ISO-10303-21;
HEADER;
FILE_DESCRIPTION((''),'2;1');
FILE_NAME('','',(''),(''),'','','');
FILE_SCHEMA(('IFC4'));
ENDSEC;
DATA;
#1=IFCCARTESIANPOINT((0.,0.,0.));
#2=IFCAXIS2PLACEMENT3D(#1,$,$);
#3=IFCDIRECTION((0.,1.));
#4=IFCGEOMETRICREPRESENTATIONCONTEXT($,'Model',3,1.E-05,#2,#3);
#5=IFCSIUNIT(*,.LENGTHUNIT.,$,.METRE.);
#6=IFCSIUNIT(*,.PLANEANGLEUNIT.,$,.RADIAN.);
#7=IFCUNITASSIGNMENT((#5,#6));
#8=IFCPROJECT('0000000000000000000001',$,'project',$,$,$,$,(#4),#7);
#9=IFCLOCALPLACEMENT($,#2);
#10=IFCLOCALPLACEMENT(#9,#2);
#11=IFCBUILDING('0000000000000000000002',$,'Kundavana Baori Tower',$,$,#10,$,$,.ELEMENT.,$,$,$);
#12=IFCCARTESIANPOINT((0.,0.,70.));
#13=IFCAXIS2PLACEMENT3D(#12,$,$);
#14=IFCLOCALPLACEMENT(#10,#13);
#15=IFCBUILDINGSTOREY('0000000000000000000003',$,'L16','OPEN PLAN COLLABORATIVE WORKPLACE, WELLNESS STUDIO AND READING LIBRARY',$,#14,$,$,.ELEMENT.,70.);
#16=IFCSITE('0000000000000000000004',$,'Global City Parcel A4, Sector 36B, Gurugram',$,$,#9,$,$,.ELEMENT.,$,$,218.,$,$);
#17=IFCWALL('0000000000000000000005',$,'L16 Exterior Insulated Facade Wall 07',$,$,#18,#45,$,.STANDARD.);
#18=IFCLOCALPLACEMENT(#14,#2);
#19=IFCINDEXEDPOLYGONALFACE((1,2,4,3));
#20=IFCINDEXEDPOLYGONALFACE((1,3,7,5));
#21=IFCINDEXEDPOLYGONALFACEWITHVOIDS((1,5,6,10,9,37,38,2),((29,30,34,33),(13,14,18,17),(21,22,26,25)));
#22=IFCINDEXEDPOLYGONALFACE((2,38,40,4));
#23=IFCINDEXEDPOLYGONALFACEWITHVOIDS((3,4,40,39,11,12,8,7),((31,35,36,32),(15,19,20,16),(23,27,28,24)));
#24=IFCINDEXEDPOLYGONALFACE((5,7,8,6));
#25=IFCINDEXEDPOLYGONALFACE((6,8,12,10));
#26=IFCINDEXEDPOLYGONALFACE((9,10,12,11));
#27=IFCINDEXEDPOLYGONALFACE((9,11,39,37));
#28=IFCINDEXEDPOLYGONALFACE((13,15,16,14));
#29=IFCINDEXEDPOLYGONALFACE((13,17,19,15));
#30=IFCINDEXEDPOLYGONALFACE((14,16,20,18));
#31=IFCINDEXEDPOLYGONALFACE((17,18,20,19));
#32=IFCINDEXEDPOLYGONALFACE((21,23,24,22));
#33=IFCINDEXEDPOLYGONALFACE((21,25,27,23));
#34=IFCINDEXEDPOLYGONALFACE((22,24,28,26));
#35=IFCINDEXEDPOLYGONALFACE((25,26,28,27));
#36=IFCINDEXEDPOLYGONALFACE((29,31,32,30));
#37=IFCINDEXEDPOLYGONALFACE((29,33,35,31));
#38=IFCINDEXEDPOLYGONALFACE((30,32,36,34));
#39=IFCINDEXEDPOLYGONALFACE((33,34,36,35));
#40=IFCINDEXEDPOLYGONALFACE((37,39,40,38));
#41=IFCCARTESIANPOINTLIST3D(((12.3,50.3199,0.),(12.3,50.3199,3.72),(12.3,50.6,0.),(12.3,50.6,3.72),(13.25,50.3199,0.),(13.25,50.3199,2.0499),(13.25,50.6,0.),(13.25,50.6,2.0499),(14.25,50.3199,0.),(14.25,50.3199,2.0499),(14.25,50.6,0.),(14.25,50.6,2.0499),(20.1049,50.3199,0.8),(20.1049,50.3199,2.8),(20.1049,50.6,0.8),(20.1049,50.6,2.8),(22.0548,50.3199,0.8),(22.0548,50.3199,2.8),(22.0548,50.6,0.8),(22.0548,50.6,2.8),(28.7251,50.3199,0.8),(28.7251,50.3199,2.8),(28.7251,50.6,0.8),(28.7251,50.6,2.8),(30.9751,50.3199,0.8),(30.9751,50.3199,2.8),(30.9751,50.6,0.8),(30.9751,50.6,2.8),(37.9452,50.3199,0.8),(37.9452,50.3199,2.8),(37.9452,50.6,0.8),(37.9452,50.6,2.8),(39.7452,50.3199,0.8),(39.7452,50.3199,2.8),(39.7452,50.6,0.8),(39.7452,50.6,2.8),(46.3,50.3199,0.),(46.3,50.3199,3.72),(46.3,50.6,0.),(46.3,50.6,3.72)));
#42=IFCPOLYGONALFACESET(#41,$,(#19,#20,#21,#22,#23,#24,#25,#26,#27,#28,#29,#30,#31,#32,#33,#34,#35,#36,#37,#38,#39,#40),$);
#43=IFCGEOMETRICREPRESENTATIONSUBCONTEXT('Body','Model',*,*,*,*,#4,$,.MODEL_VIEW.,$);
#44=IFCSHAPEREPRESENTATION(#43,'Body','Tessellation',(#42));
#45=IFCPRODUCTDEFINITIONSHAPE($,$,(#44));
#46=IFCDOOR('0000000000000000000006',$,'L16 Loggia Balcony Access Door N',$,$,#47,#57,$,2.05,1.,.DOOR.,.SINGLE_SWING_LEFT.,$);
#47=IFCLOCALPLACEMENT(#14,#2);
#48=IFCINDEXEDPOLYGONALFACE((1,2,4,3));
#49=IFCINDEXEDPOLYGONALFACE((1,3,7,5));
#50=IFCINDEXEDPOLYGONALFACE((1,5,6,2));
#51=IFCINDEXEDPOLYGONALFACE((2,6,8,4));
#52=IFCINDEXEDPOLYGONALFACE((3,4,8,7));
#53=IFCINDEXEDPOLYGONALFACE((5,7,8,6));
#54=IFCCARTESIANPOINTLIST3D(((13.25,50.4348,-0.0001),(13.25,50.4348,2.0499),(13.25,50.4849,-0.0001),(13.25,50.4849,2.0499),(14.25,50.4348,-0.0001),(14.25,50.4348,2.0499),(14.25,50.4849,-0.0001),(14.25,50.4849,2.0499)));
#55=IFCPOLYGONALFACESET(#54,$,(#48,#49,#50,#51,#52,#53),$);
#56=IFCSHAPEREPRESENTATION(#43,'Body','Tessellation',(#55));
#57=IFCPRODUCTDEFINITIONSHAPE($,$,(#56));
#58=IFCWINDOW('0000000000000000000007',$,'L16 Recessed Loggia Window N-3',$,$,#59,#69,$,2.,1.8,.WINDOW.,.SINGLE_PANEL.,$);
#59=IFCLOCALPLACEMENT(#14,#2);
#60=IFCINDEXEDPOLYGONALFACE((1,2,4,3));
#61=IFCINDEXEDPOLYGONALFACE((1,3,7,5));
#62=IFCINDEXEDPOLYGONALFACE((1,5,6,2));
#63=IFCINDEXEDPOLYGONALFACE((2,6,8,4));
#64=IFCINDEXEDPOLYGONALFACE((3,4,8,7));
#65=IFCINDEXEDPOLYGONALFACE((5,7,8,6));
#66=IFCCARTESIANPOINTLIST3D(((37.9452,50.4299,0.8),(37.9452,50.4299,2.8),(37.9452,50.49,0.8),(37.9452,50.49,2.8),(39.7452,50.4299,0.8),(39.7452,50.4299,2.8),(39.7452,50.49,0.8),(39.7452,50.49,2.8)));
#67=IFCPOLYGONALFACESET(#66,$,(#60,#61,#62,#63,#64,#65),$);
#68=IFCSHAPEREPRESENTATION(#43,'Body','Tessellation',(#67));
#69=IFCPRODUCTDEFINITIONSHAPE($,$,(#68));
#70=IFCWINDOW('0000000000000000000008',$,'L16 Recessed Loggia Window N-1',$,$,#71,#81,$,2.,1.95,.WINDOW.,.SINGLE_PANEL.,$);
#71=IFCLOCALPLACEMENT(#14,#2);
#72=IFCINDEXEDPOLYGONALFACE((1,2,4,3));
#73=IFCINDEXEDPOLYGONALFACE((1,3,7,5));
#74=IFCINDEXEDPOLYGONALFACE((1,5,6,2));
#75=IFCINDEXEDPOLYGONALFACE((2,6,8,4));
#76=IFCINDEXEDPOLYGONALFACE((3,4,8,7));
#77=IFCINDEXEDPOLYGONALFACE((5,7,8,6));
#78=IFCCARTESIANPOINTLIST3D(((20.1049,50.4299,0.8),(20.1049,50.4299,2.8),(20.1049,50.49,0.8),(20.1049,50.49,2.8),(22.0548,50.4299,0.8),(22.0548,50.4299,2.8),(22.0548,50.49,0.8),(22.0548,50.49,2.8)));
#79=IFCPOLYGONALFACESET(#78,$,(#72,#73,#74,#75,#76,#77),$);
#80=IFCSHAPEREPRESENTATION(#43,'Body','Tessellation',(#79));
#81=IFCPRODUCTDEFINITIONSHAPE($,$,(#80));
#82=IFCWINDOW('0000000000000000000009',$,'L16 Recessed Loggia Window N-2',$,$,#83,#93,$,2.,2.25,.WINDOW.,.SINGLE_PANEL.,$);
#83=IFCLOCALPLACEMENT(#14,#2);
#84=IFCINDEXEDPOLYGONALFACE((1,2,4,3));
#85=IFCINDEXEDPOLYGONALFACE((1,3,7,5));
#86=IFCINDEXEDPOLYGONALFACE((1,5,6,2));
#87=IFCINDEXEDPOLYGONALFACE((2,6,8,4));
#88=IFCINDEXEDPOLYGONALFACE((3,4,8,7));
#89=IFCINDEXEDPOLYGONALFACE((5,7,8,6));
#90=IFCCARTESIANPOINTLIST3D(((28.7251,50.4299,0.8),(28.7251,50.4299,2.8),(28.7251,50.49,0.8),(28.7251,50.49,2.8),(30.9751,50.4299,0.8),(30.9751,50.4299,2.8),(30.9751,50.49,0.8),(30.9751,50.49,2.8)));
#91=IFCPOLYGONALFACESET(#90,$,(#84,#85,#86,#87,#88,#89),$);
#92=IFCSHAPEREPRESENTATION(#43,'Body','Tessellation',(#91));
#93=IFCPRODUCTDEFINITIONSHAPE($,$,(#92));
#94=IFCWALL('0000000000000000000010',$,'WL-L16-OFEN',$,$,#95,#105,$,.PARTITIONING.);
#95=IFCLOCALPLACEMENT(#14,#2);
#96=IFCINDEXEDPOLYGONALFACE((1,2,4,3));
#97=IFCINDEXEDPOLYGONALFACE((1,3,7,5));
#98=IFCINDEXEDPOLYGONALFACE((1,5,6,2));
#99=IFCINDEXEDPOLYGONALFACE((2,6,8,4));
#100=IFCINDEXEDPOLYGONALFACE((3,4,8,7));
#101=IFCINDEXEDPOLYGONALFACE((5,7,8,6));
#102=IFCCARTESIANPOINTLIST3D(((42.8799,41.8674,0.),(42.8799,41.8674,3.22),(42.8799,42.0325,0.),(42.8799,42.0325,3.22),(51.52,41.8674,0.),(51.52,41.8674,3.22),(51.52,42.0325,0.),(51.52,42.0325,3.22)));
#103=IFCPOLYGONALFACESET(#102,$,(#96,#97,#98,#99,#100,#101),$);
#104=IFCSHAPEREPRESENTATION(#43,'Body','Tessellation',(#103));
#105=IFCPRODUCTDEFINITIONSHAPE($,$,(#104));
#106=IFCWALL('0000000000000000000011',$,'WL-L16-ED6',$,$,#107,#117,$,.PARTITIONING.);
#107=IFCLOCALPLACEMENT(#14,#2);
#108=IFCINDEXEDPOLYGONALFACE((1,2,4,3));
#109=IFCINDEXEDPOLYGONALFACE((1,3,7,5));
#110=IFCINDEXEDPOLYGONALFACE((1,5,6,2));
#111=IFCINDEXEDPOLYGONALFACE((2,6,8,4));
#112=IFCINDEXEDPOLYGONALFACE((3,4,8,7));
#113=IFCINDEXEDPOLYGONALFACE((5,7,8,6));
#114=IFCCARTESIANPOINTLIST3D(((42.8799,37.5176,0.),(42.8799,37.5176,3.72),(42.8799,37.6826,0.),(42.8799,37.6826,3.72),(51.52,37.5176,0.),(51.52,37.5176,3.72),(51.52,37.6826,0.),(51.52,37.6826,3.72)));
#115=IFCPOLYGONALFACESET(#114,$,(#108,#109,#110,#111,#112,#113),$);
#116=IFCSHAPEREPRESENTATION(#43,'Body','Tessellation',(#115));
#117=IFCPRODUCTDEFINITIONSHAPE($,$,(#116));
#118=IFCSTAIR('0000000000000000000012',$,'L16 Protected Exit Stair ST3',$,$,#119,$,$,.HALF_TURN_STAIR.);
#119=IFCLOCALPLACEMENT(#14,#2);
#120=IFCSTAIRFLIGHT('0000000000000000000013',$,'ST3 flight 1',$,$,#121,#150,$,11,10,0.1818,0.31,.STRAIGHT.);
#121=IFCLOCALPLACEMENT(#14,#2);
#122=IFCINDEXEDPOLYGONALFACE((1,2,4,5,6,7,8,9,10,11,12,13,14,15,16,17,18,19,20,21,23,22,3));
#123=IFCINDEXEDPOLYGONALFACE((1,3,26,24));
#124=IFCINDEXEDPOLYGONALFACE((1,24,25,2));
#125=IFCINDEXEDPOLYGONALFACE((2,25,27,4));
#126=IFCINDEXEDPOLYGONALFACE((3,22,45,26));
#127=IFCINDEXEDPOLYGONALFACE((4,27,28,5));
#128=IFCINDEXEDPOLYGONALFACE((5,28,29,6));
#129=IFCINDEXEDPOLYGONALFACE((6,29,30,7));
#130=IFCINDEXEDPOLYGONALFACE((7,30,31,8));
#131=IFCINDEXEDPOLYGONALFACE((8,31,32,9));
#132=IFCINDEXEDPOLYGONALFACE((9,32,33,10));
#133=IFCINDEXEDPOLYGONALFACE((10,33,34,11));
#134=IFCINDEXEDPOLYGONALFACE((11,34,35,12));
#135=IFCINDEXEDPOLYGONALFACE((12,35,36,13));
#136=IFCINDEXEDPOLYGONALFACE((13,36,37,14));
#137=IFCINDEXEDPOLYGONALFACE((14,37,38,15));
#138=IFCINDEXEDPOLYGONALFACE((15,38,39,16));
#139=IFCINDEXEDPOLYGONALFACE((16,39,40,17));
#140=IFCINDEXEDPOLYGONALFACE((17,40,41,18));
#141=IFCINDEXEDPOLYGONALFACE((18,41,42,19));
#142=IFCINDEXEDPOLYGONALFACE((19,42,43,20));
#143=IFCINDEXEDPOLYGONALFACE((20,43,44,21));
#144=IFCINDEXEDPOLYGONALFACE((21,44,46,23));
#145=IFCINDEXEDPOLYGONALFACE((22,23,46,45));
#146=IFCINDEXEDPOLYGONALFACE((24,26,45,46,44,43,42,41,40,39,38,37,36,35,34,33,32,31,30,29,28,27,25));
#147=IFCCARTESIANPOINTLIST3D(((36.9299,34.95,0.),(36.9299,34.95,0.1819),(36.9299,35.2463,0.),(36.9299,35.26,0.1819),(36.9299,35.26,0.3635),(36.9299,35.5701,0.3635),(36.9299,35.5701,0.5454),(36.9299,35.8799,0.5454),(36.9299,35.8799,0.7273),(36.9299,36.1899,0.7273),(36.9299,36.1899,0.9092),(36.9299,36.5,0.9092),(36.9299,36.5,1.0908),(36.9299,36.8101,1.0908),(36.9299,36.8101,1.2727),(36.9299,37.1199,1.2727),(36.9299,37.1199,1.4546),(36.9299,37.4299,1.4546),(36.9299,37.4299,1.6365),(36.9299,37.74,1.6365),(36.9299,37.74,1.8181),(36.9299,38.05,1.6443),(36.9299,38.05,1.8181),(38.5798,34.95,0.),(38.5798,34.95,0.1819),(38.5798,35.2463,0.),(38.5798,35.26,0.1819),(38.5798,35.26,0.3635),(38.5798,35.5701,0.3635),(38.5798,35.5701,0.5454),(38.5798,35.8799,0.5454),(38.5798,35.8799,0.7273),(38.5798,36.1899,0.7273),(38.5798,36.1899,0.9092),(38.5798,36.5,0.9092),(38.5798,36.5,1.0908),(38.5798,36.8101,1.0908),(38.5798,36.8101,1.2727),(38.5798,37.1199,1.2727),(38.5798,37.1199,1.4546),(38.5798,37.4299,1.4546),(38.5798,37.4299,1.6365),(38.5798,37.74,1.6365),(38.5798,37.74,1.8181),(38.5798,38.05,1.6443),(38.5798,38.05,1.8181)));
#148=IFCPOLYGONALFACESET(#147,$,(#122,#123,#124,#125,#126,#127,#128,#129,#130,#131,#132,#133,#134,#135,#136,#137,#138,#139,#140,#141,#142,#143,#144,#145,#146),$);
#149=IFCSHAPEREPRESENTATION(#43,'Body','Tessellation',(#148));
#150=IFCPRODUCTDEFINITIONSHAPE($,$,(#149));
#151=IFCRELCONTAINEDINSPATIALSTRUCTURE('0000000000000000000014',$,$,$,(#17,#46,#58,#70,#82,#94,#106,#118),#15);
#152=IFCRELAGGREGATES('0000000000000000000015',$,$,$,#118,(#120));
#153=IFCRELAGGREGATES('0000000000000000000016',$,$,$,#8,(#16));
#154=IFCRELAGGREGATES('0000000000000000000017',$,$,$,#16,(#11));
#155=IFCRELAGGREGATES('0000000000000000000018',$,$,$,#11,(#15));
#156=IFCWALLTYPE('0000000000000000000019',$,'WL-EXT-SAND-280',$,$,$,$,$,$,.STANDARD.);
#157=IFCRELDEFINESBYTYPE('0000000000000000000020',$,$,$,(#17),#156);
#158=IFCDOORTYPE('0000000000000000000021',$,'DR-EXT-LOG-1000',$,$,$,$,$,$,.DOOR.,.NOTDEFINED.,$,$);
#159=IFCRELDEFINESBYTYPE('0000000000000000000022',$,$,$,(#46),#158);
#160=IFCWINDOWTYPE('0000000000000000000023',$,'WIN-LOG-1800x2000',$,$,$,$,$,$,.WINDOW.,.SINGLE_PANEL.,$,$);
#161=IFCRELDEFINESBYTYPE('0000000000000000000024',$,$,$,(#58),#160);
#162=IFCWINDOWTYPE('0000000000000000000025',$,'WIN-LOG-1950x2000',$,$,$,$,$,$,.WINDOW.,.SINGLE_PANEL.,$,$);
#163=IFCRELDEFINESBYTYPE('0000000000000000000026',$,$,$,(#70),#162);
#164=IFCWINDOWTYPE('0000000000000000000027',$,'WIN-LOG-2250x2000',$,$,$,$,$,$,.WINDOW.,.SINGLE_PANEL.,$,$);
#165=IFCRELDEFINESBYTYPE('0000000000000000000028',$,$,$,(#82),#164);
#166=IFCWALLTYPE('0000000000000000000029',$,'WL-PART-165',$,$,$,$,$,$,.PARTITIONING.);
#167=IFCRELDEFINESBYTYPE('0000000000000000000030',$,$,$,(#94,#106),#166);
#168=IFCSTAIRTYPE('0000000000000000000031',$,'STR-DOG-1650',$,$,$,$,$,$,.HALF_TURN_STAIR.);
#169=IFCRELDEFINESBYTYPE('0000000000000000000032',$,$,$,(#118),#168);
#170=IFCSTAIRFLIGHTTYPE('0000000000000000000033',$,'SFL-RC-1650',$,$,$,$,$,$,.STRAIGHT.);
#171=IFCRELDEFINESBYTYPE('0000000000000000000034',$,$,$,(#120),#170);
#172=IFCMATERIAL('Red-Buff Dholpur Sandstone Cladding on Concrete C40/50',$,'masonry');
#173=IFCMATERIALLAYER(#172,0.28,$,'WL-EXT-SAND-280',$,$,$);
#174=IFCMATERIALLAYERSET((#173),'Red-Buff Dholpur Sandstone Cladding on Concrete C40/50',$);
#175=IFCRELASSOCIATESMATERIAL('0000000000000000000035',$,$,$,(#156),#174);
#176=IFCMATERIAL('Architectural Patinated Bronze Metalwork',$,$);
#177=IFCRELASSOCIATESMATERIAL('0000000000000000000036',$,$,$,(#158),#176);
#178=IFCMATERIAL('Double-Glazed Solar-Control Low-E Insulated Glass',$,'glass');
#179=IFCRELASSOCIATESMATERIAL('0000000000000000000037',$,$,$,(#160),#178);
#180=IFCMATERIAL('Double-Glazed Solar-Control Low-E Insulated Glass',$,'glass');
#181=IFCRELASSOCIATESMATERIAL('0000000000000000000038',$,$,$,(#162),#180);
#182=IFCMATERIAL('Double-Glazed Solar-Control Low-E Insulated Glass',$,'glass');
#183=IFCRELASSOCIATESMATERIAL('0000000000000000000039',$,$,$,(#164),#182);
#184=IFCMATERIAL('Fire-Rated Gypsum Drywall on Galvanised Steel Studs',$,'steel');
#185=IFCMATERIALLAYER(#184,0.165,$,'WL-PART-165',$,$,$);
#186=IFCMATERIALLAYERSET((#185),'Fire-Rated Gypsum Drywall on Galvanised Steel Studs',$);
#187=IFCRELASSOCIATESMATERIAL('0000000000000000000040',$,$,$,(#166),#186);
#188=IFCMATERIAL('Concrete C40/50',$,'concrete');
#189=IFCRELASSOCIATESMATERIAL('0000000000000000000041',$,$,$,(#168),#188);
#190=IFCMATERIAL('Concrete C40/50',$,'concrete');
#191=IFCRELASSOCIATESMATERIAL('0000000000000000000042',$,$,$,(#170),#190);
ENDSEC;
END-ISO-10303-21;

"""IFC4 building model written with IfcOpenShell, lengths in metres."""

from ifc_helpers import new_model, si_unit, direction, frame, frame_2d, origin, place, context, subcontext, project, spatial, polyline, rectangle, outline, extrude, material, layer, layer_set, type_object, element, fill, aggregate, save


model = new_model("IFC4")

# Units and contexts
model_context = context("Model", 3, precision=1e-05, world=origin(), true_north=direction((0.0, 1.0)))
body_context = subcontext(model_context, "Body", "Model", "MODEL_VIEW")
ifc_project = project(units=[si_unit("LENGTHUNIT", "METRE"), si_unit("PLANEANGLEUNIT", "RADIAN")], contexts=[model_context])

# Site, building, storey
site_placement = place(None, origin())
site = spatial("IfcSite", under=ifc_project, at=site_placement, Name="Global City Parcel A4, Sector 36B, Gurugram", CompositionType="ELEMENT", RefElevation=218.0)
building_placement = place(site_placement, origin())
building = spatial("IfcBuilding", under=site, at=building_placement, Name="Kundavana Baori Tower", CompositionType="ELEMENT")
storey_placement = place(building_placement, frame((0.0, 0.0, 70.0)))
storey = spatial("IfcBuildingStorey", under=building, at=storey_placement, Name="L16", Description="OPEN PLAN COLLABORATIVE WORKPLACE, WELLNESS STUDIO AND READING LIBRARY", CompositionType="ELEMENT", Elevation=70.0)

# Shared definitions
ifc_material_1 = material(Name="Red-Buff Dholpur Sandstone Cladding on Concrete C40/50", Category="masonry")
ifc_layer_1 = layer(ifc_material_1, 0.28, Name="WL-EXT-SAND-280")
ifc_layer_set_1 = layer_set([ifc_layer_1], Name="Red-Buff Dholpur Sandstone Cladding on Concrete C40/50")
wall_type_1 = type_object("IfcWallType", Name="WL-EXT-SAND-280", PredefinedType="STANDARD", material=ifc_layer_set_1)

# Wall, openings, door, windows
wall_1_placement = place(storey_placement, frame((46.3, 50.46, 0.0), z_axis=(0.0, 0.0, 1.0), x_axis=(-1.0, 0.0, 0.0)))
wall_1 = element("IfcWall", 1, at=wall_1_placement, inside=storey, type_object=wall_type_1, Name="L16 Exterior Insulated Facade Wall 07", PredefinedType="STANDARD", context=body_context, shape_type="SweptSolid", body=[
    extrude(rectangle(XDim=34.0, YDim=0.28, at=frame_2d((17.0, 0.0))), origin(), (0.0, 0.0, 1.0), 3.72),
])
opening_1_placement = place(wall_1_placement, frame((32.05, 0.0, 0.0)))
opening_1 = element("IfcOpeningElement", 2, at=opening_1_placement, cuts=wall_1, PredefinedType="OPENING", context=body_context, shape_type="SweptSolid", body=[
    extrude(rectangle(XDim=1.0, YDim=2.05, at=frame_2d((0.5, 1.0249))), frame((0.0, 0.1499, 0.0), z_axis=(0.0, -1.0, 0.0), x_axis=(1.0, 0.0, 0.0)), (0.0, 0.0, 1.0), 0.3),
])
opening_2_placement = place(wall_1_placement, frame((24.2451, 0.0, 0.8)))
opening_2 = element("IfcOpeningElement", 3, at=opening_2_placement, cuts=wall_1, PredefinedType="OPENING", context=body_context, shape_type="SweptSolid", body=[
    extrude(rectangle(XDim=1.95, YDim=2.0, at=frame_2d((0.9751, 1.0))), frame((0.0, 0.1499, 0.0), z_axis=(0.0, -1.0, 0.0), x_axis=(1.0, 0.0, 0.0)), (0.0, 0.0, 1.0), 0.3),
])
opening_3_placement = place(wall_1_placement, frame((15.325, 0.0, 0.8)))
opening_3 = element("IfcOpeningElement", 4, at=opening_3_placement, cuts=wall_1, PredefinedType="OPENING", context=body_context, shape_type="SweptSolid", body=[
    extrude(rectangle(XDim=2.25, YDim=2.0, at=frame_2d((1.125, 1.0))), frame((0.0, 0.1499, 0.0), z_axis=(0.0, -1.0, 0.0), x_axis=(1.0, 0.0, 0.0)), (0.0, 0.0, 1.0), 0.3),
])
opening_4_placement = place(wall_1_placement, frame((6.5549, 0.0, 0.8)))
opening_4 = element("IfcOpeningElement", 5, at=opening_4_placement, cuts=wall_1, PredefinedType="OPENING", context=body_context, shape_type="SweptSolid", body=[
    extrude(rectangle(XDim=1.8, YDim=2.0, at=frame_2d((0.8999, 1.0))), frame((0.0, 0.1499, 0.0), z_axis=(0.0, -1.0, 0.0), x_axis=(1.0, 0.0, 0.0)), (0.0, 0.0, 1.0), 0.3),
])
ifc_material_2 = material(Name="Architectural Patinated Bronze Metalwork")
door_type = type_object("IfcDoorType", Name="DR-EXT-LOG-1000", OperationType="NOTDEFINED", PredefinedType="DOOR", material=ifc_material_2)
door_placement = place(opening_1_placement, frame((1.0, 0.0, 0.0), z_axis=(0.0, 0.0, 1.0), x_axis=(-1.0, 0.0, 0.0)))
door = element("IfcDoor", 6, at=door_placement, inside=storey, type_object=door_type, Name="L16 Loggia Balcony Access Door N", OperationType="SINGLE_SWING_LEFT", OverallHeight=2.05, OverallWidth=1.0, PredefinedType="DOOR", context=body_context, shape_type="SweptSolid", body=[
    extrude(rectangle(XDim=1.0, YDim=2.05, at=frame_2d((0.5, 1.0249))), frame((0.0, 0.0249, 0.0), z_axis=(0.0, -1.0, 0.0), x_axis=(1.0, 0.0, 0.0)), (0.0, 0.0, 1.0), 0.05),
])
fill(opening_1, door)
ifc_material_3 = material(Name="Double-Glazed Solar-Control Low-E Insulated Glass", Category="glass")
window_type_1 = type_object("IfcWindowType", Name="WIN-LOG-1800x2000", PartitioningType="SINGLE_PANEL", PredefinedType="WINDOW", material=ifc_material_3)
window_1_placement = place(opening_4_placement, origin())
window_1 = element("IfcWindow", 7, at=window_1_placement, inside=storey, type_object=window_type_1, Name="L16 Recessed Loggia Window N-3", OverallHeight=2.0, OverallWidth=1.8, PartitioningType="SINGLE_PANEL", PredefinedType="WINDOW", context=body_context, shape_type="SweptSolid", body=[
    extrude(rectangle(XDim=1.8, YDim=2.0, at=frame_2d((0.8999, 1.0))), frame((0.0, 0.03, 0.0), z_axis=(0.0, -1.0, 0.0), x_axis=(1.0, 0.0, 0.0)), (0.0, 0.0, 1.0), 0.0601),
])
fill(opening_4, window_1)
ifc_material_4 = material(Name="Double-Glazed Solar-Control Low-E Insulated Glass", Category="glass")
window_type_2 = type_object("IfcWindowType", Name="WIN-LOG-1950x2000", PartitioningType="SINGLE_PANEL", PredefinedType="WINDOW", material=ifc_material_4)
window_2_placement = place(opening_2_placement, origin())
window_2 = element("IfcWindow", 8, at=window_2_placement, inside=storey, type_object=window_type_2, Name="L16 Recessed Loggia Window N-1", OverallHeight=2.0, OverallWidth=1.95, PartitioningType="SINGLE_PANEL", PredefinedType="WINDOW", context=body_context, shape_type="SweptSolid", body=[
    extrude(rectangle(XDim=1.95, YDim=2.0, at=frame_2d((0.9751, 1.0))), frame((0.0, 0.03, 0.0), z_axis=(0.0, -1.0, 0.0), x_axis=(1.0, 0.0, 0.0)), (0.0, 0.0, 1.0), 0.0601),
])
fill(opening_2, window_2)
ifc_material_5 = material(Name="Double-Glazed Solar-Control Low-E Insulated Glass", Category="glass")
window_type_3 = type_object("IfcWindowType", Name="WIN-LOG-2250x2000", PartitioningType="SINGLE_PANEL", PredefinedType="WINDOW", material=ifc_material_5)
window_3_placement = place(opening_3_placement, origin())
window_3 = element("IfcWindow", 9, at=window_3_placement, inside=storey, type_object=window_type_3, Name="L16 Recessed Loggia Window N-2", OverallHeight=2.0, OverallWidth=2.25, PartitioningType="SINGLE_PANEL", PredefinedType="WINDOW", context=body_context, shape_type="SweptSolid", body=[
    extrude(rectangle(XDim=2.25, YDim=2.0, at=frame_2d((1.125, 1.0))), frame((0.0, 0.03, 0.0), z_axis=(0.0, -1.0, 0.0), x_axis=(1.0, 0.0, 0.0)), (0.0, 0.0, 1.0), 0.0601),
])
fill(opening_3, window_3)

# Walls
ifc_material_6 = material(Name="Fire-Rated Gypsum Drywall on Galvanised Steel Studs", Category="steel")
ifc_layer_2 = layer(ifc_material_6, 0.165, Name="WL-PART-165")
ifc_layer_set_2 = layer_set([ifc_layer_2], Name="Fire-Rated Gypsum Drywall on Galvanised Steel Studs")
wall_type_2 = type_object("IfcWallType", Name="WL-PART-165", PredefinedType="PARTITIONING", material=ifc_layer_set_2)
wall_2_placement = place(storey_placement, frame((42.8799, 41.95, 0.0), z_axis=(0.0, 0.0, 1.0), x_axis=(1.0, 0.0, 0.0)))
element("IfcWall", 10, at=wall_2_placement, inside=storey, type_object=wall_type_2, Name="WL-L16-OFEN", PredefinedType="PARTITIONING", context=body_context, shape_type="SweptSolid", body=[
    extrude(rectangle(XDim=8.6401, YDim=0.165, at=frame_2d((4.3201, 0.0))), origin(), (0.0, 0.0, 1.0), 3.22),
])
wall_3_placement = place(storey_placement, frame((42.8799, 37.6001, 0.0), z_axis=(0.0, 0.0, 1.0), x_axis=(1.0, 0.0, 0.0)))
element("IfcWall", 11, at=wall_3_placement, inside=storey, type_object=wall_type_2, Name="WL-L16-ED6", PredefinedType="PARTITIONING", context=body_context, shape_type="SweptSolid", body=[
    extrude(rectangle(XDim=8.6401, YDim=0.165, at=frame_2d((4.3201, 0.0))), origin(), (0.0, 0.0, 1.0), 3.72),
])

# Stair, stair flight
ifc_material_7 = material(Name="Concrete C40/50", Category="concrete")
stair_type = type_object("IfcStairType", Name="STR-DOG-1650", PredefinedType="HALF_TURN_STAIR", material=ifc_material_7)
stair_placement = place(storey_placement, origin())
stair = element("IfcStair", 12, at=stair_placement, inside=storey, type_object=stair_type, Name="L16 Protected Exit Stair ST3", PredefinedType="HALF_TURN_STAIR")
ifc_material_8 = material(Name="Concrete C40/50", Category="concrete")
stair_flight_type = type_object("IfcStairFlightType", Name="SFL-RC-1650", PredefinedType="STRAIGHT", material=ifc_material_8)
stair_flight_placement = place(storey_placement, frame((37.7549, 34.95, 0.0), z_axis=(0.0, 0.0, 1.0), x_axis=(0.0, 1.0, 0.0)))
stair_flight = element("IfcStairFlight", 13, at=stair_flight_placement, type_object=stair_flight_type, Name="ST3 flight 1", NumberOfRisers=11, NumberOfTreads=10, PredefinedType="STRAIGHT", RiserHeight=0.1818, TreadLength=0.31, context=body_context, shape_type="SweptSolid", body=[
    extrude(outline(polyline([(0.0, 0.0), (0.0, 0.1819), (0.3101, 0.1819), (0.3101, 0.3635), (0.6201, 0.3635), (0.6201, 0.5454), (0.9299, 0.5454), (0.9299, 0.7273), (1.24, 0.7273), (1.24, 0.9092), (1.55, 0.9092), (1.55, 1.0908), (1.8601, 1.0908), (1.8601, 1.2727), (2.1699, 1.2727), (2.1699, 1.4546), (2.48, 1.4546), (2.48, 1.6365), (2.79, 1.6365), (2.79, 1.8181), (3.1001, 1.8181), (3.1001, 2.0), (3.1001, 1.6443), (0.2964, 0.0), (0.0, 0.0)])), frame((0.0, 0.825, 0.0), z_axis=(0.0, -1.0, 0.0), x_axis=(1.0, 0.0, 0.0)), (0.0, 0.0, 1.0), 1.6499),
])
aggregate(stair, [stair_flight])

save(model, "model.ifc")
